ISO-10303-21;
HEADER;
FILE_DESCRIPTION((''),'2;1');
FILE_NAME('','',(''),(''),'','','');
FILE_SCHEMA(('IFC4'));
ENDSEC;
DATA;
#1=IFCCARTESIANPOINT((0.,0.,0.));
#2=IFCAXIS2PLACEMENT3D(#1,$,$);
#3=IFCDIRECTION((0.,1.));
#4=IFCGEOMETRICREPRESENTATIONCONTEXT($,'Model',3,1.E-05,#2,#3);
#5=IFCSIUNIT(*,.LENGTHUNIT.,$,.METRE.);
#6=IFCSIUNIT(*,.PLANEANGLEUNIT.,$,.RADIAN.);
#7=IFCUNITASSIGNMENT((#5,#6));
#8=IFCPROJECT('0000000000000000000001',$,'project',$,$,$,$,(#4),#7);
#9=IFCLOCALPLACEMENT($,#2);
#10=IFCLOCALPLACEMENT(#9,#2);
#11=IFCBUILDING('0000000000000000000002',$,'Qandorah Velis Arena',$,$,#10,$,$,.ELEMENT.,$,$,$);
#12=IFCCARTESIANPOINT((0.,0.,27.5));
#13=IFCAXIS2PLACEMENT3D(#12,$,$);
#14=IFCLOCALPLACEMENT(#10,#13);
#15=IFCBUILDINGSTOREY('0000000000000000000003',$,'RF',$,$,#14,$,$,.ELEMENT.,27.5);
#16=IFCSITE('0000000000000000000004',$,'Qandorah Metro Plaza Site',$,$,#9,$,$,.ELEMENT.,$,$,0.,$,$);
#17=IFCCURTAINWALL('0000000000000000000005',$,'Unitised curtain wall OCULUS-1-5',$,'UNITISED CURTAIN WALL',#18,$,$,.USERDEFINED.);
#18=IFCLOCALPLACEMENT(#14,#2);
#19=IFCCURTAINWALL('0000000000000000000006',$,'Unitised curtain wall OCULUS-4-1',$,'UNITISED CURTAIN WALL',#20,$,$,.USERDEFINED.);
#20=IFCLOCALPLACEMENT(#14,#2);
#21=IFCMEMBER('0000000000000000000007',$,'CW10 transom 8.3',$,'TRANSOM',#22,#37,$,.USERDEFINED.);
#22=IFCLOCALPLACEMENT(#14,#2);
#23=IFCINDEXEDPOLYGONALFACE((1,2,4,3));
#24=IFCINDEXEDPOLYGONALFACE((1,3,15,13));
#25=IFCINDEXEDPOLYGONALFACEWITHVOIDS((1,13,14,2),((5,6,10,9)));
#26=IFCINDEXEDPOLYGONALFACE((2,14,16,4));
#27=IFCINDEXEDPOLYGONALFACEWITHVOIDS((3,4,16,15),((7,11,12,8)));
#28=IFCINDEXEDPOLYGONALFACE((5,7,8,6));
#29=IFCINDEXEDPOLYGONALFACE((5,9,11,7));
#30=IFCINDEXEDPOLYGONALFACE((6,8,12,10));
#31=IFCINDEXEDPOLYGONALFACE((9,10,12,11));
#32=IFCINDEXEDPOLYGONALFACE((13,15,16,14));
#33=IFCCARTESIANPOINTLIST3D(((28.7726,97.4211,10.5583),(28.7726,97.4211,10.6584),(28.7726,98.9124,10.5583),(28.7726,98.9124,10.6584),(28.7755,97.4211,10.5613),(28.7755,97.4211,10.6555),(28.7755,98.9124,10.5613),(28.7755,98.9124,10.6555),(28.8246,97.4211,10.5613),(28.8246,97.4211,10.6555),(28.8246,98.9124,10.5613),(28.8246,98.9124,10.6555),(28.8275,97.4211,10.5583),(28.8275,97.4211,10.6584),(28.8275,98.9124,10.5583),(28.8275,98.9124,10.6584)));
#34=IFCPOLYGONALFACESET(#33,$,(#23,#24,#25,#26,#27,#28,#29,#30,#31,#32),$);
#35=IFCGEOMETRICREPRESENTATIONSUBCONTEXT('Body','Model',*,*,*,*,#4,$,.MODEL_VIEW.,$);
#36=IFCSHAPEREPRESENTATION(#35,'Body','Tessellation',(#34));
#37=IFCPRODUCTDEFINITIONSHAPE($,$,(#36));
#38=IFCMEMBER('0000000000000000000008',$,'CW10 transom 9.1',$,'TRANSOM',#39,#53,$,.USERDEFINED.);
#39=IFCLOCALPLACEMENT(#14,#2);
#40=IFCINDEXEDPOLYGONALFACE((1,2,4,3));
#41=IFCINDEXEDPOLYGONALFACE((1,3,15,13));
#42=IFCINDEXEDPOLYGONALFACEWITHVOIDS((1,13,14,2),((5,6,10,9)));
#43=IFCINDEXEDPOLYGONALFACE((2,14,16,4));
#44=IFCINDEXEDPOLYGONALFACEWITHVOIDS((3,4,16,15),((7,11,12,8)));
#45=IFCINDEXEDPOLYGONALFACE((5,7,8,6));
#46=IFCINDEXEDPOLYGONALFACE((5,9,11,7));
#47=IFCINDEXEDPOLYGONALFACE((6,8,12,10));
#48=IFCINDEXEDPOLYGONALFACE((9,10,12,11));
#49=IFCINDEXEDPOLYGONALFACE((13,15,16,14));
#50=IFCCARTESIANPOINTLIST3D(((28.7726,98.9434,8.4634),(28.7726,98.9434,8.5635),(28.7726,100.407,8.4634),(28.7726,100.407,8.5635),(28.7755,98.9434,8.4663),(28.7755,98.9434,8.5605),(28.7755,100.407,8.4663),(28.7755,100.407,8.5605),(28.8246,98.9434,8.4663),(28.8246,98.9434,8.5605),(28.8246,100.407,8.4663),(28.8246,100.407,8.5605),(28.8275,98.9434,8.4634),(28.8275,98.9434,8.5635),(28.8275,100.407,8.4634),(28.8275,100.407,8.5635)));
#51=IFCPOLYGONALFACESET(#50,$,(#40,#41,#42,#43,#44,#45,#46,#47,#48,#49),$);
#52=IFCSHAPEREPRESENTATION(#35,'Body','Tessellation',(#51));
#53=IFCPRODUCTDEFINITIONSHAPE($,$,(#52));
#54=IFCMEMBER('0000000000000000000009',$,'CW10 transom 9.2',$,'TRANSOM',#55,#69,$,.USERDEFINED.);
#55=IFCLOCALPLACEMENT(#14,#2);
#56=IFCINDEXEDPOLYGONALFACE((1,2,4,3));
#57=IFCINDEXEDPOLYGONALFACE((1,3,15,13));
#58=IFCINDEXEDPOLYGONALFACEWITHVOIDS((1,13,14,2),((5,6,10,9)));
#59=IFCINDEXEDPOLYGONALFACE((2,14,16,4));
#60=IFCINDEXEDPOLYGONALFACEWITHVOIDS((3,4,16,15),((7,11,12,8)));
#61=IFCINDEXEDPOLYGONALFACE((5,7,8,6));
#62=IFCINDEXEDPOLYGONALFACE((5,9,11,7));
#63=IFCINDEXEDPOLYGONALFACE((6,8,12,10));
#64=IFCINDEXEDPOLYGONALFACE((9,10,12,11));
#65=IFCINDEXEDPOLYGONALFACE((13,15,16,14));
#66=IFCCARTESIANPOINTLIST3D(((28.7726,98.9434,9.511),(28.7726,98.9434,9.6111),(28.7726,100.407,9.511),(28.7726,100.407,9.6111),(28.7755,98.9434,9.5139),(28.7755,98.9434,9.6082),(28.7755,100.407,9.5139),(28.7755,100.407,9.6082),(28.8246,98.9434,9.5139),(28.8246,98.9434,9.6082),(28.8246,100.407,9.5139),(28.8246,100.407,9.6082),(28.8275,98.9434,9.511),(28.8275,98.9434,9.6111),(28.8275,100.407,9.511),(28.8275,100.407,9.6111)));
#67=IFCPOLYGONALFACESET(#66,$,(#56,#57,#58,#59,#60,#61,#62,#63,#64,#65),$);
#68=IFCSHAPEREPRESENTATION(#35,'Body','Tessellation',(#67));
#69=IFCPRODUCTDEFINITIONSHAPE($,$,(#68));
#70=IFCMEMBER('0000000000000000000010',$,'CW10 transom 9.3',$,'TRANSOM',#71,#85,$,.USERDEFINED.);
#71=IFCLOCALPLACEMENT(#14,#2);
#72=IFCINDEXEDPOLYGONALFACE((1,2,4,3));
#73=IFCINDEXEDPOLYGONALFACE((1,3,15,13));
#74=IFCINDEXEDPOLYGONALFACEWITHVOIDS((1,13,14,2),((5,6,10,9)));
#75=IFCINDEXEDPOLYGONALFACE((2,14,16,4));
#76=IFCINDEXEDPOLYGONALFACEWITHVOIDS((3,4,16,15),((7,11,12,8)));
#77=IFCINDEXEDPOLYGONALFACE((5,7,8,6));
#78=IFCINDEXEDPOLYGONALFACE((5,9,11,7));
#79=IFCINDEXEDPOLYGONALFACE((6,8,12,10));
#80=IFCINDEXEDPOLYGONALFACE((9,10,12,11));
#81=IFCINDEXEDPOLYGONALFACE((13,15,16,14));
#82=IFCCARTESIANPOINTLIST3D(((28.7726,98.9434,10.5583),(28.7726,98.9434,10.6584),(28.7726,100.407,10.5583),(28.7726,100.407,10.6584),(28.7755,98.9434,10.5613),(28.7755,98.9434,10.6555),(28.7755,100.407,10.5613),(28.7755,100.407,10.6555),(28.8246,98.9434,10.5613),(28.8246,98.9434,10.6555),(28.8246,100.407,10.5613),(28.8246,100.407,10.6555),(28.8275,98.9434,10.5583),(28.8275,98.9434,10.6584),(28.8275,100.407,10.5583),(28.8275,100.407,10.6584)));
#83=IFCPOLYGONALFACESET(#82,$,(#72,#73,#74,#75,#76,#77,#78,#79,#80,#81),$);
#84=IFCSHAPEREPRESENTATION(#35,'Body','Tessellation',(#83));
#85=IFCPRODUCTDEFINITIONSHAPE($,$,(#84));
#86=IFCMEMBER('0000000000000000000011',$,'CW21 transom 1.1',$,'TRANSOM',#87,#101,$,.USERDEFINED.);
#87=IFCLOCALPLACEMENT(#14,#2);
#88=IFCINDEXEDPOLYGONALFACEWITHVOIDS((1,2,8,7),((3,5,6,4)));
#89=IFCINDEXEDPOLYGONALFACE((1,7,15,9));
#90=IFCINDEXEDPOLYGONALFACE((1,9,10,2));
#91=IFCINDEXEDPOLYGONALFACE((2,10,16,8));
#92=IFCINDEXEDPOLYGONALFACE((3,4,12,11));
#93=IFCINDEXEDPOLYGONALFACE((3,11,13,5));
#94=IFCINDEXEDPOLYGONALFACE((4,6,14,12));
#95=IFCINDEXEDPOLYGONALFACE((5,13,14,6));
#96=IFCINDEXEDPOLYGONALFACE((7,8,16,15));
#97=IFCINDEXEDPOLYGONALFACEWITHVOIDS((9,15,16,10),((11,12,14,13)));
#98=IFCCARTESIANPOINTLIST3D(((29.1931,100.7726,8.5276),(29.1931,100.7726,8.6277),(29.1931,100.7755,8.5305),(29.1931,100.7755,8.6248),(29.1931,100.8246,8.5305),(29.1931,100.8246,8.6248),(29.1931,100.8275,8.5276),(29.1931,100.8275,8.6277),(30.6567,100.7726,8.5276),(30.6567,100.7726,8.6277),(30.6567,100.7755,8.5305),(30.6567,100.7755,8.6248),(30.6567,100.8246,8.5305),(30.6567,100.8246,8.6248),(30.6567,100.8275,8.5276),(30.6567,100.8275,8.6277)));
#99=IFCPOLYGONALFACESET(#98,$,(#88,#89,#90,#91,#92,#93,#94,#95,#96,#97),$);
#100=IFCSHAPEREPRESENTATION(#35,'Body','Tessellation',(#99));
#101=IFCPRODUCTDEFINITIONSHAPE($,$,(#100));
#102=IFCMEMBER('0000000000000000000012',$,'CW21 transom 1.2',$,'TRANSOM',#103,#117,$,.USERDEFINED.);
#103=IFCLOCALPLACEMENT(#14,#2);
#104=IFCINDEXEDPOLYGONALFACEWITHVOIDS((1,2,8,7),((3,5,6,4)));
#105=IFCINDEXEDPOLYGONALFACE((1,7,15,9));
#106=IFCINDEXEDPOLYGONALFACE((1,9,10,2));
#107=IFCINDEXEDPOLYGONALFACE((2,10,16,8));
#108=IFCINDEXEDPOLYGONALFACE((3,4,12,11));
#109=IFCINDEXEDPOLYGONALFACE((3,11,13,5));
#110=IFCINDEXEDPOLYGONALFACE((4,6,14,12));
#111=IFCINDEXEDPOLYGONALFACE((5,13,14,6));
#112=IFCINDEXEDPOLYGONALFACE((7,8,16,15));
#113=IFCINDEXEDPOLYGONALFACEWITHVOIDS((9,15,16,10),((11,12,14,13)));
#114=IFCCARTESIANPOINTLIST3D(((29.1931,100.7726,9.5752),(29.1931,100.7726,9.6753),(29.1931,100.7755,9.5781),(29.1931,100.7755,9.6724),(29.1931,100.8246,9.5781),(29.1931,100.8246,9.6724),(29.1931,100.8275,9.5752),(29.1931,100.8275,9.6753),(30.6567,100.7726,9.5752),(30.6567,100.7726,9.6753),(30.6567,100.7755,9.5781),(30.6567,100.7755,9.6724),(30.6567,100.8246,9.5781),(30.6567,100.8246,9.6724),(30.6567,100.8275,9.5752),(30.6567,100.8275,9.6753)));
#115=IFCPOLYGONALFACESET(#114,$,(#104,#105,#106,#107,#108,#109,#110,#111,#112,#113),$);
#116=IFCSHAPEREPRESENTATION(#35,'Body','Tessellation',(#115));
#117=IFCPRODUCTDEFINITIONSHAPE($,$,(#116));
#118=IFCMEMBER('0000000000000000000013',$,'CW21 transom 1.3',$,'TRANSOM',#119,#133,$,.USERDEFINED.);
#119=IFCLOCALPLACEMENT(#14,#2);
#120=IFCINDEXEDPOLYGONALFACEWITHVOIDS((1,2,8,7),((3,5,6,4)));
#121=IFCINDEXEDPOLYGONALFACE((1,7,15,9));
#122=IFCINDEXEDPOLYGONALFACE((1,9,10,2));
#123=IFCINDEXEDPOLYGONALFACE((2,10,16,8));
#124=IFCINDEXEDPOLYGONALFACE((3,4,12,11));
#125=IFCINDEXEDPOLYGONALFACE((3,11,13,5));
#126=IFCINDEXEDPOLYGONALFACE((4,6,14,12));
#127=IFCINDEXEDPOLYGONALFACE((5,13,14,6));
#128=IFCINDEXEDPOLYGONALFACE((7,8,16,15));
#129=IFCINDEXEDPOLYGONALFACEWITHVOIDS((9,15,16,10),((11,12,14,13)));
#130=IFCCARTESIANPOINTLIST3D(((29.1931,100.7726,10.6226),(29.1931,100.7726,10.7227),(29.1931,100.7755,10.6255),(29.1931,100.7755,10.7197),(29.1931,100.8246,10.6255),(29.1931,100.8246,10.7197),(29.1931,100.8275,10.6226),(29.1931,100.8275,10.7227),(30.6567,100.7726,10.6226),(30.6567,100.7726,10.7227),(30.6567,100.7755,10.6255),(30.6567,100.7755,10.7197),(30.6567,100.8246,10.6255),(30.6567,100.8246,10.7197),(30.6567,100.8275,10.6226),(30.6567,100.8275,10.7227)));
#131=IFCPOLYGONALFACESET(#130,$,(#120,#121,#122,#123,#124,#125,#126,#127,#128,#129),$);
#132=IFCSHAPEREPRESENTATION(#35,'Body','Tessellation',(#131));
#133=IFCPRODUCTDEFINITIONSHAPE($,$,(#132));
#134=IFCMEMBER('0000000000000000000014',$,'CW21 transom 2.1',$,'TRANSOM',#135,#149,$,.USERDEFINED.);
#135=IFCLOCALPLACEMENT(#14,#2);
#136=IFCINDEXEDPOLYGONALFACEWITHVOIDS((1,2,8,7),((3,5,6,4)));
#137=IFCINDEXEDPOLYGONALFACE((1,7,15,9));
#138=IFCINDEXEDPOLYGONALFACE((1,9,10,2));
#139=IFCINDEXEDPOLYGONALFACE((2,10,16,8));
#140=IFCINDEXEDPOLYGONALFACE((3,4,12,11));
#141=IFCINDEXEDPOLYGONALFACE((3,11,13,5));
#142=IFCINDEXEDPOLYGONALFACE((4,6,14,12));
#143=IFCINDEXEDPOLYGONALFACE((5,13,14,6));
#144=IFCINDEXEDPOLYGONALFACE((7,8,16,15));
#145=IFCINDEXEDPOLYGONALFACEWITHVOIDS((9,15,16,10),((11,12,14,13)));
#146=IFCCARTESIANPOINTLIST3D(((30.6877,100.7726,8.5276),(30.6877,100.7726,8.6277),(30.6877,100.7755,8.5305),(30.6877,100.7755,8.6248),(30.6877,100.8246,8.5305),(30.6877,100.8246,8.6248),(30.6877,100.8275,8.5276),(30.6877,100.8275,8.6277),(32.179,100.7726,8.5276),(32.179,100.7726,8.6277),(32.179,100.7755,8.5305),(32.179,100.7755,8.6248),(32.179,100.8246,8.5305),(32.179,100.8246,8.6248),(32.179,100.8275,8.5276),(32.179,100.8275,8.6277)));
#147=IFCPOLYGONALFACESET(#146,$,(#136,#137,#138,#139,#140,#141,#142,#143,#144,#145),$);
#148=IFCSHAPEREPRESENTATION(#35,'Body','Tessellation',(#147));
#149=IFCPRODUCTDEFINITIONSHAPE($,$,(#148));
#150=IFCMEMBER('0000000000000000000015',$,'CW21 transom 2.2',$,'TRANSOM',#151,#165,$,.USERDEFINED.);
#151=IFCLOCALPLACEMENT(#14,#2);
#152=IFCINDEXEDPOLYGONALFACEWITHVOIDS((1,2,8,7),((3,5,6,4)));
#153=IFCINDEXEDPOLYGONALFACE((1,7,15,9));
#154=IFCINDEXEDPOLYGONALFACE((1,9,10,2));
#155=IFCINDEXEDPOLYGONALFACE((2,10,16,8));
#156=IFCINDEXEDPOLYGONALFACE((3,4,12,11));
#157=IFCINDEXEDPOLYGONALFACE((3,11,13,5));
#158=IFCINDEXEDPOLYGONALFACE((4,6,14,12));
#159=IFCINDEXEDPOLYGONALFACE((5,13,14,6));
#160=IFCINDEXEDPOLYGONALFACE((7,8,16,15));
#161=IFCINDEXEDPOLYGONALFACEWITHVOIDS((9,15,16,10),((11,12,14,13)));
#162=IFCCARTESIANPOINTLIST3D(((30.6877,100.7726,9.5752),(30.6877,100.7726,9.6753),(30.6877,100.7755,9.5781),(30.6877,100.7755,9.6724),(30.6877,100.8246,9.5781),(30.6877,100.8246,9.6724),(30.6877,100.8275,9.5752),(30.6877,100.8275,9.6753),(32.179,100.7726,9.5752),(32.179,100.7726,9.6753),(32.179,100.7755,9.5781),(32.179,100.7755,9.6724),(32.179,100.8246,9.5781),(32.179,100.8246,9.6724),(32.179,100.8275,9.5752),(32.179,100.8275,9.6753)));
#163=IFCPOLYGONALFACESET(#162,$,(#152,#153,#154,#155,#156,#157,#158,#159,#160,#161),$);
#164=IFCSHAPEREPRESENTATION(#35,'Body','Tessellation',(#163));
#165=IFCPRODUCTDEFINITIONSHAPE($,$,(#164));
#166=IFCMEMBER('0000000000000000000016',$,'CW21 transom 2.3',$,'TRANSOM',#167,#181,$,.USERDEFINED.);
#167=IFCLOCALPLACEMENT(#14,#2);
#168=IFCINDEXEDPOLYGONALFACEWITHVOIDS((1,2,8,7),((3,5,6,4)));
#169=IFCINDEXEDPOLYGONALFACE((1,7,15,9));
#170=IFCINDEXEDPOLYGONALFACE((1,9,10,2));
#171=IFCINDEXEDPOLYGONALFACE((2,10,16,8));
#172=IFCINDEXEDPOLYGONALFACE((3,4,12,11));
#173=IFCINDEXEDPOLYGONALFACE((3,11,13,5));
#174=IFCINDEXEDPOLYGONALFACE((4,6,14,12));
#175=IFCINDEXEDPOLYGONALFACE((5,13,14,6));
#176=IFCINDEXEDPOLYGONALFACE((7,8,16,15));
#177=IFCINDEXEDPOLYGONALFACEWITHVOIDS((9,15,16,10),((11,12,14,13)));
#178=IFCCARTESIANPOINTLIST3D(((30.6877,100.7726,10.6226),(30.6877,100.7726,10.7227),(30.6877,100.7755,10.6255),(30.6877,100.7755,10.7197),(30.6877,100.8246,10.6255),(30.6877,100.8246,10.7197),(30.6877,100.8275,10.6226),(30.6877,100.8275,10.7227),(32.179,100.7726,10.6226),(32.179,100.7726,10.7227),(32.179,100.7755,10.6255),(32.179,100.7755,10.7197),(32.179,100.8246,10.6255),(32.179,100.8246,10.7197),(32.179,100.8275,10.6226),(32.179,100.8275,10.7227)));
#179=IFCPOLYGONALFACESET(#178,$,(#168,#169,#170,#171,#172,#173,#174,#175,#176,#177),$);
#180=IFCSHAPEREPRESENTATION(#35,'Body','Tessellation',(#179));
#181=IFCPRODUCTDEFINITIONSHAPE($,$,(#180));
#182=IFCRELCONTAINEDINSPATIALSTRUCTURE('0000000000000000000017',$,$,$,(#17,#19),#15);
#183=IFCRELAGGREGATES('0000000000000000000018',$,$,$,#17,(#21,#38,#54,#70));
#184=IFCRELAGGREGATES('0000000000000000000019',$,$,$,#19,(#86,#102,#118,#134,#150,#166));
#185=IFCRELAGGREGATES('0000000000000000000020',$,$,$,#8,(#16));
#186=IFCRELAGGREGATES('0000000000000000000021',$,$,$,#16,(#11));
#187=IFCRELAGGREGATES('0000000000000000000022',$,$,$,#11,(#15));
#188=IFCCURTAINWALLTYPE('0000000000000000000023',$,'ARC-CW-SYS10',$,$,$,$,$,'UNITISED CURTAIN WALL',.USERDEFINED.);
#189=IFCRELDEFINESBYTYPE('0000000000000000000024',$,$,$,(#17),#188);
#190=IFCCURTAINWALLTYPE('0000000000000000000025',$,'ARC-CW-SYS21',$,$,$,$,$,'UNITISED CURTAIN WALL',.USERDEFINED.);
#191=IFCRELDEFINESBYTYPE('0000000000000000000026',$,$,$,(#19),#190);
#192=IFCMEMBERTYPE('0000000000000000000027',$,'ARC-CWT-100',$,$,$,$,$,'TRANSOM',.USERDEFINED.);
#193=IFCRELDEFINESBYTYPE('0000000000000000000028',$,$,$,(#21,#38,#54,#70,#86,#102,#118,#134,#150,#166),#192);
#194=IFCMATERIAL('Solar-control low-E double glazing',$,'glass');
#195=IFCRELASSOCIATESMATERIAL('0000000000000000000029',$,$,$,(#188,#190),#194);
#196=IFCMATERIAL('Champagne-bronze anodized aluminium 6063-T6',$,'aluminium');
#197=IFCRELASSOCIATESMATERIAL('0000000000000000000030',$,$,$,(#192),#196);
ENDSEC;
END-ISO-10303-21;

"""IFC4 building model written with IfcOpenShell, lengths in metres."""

from ifc_helpers import new_model, si_unit, direction, frame, origin, origin_2d, place, context, subcontext, project, spatial, hollow_rectangle, extrude, material, material_profile, profile_set, type_object, element, aggregate, save


model = new_model("IFC4")

# Units and contexts
model_context = context("Model", 3, precision=1e-05, world=origin(), true_north=direction((0.0, 1.0)))
body_context = subcontext(model_context, "Body", "Model", "MODEL_VIEW")
ifc_project = project(units=[si_unit("LENGTHUNIT", "METRE"), si_unit("PLANEANGLEUNIT", "RADIAN")], contexts=[model_context])

# Site, building, storey
site_placement = place(None, origin())
site = spatial("IfcSite", under=ifc_project, at=site_placement, Name="Qandorah Metro Plaza Site", CompositionType="ELEMENT", RefElevation=0.0)
building_placement = place(site_placement, origin())
building = spatial("IfcBuilding", under=site, at=building_placement, Name="Qandorah Velis Arena", CompositionType="ELEMENT")
storey_placement = place(building_placement, frame((0.0, 0.0, 27.5)))
storey = spatial("IfcBuildingStorey", under=building, at=storey_placement, Name="RF", CompositionType="ELEMENT", Elevation=27.5)

# Curtain walls
ifc_material_1 = material(Name="Solar-control low-E double glazing", Category="glass")
curtain_wall_type_1 = type_object("IfcCurtainWallType", Name="ARC-CW-SYS10", ElementType="UNITISED CURTAIN WALL", PredefinedType="USERDEFINED", material=ifc_material_1)
curtain_wall_1_placement = place(storey_placement, origin())
curtain_wall_1 = element("IfcCurtainWall", 1, at=curtain_wall_1_placement, inside=storey, type_object=curtain_wall_type_1, Name="Unitised curtain wall OCULUS-1-5", ObjectType="UNITISED CURTAIN WALL", PredefinedType="USERDEFINED")
ifc_material_2 = material(Name="Champagne-bronze anodized aluminium 6063-T6", Category="aluminium")
curtain_wall_type_2 = type_object("IfcCurtainWallType", Name="ARC-CW-SYS21", ElementType="UNITISED CURTAIN WALL", PredefinedType="USERDEFINED", material=ifc_material_1)
curtain_wall_2_placement = place(storey_placement, origin())
curtain_wall_2 = element("IfcCurtainWall", 2, at=curtain_wall_2_placement, inside=storey, type_object=curtain_wall_type_2, Name="Unitised curtain wall OCULUS-4-1", ObjectType="UNITISED CURTAIN WALL", PredefinedType="USERDEFINED")

# Members
ifc_material_profile_1 = material_profile(ifc_material_2, hollow_rectangle(XDim=0.0549, YDim=0.1001, WallThickness=0.0029, at=origin_2d()), Name="ALU TRANSOM 55x100")
ifc_profile_set_1 = profile_set([ifc_material_profile_1], Name="Champagne-bronze anodized aluminium 6063-T6")
member_type_1 = type_object("IfcMemberType", Name="ARC-CWT-100", ElementType="TRANSOM", PredefinedType="USERDEFINED", material=ifc_profile_set_1)
member_1_placement = place(storey_placement, frame((28.8, 97.4211, 10.6084), z_axis=(0.0, 1.0, 0.0), x_axis=(-1.0, 0.0, 0.0)))
member_1 = element("IfcMember", 3, at=member_1_placement, type_object=member_type_1, Name="CW10 transom 8.3", ObjectType="TRANSOM", PredefinedType="USERDEFINED", context=body_context, shape_type="SweptSolid", body=[
    extrude(hollow_rectangle(XDim=0.0549, YDim=0.1001, WallThickness=0.0029, at=origin_2d()), origin(), (0.0, 0.0, 1.0), 1.4912),
])
member_2_placement = place(storey_placement, frame((28.8, 98.9434, 8.5134), z_axis=(0.0, 1.0, 0.0), x_axis=(-1.0, 0.0, 0.0)))
member_2 = element("IfcMember", 4, at=member_2_placement, type_object=member_type_1, Name="CW10 transom 9.1", ObjectType="TRANSOM", PredefinedType="USERDEFINED", context=body_context, shape_type="SweptSolid", body=[
    extrude(hollow_rectangle(XDim=0.0549, YDim=0.1001, WallThickness=0.0029, at=origin_2d()), origin(), (0.0, 0.0, 1.0), 1.4636),
])
member_3_placement = place(storey_placement, frame((28.8, 98.9434, 9.561), z_axis=(0.0, 1.0, 0.0), x_axis=(-1.0, 0.0, 0.0)))
member_3 = element("IfcMember", 5, at=member_3_placement, type_object=member_type_1, Name="CW10 transom 9.2", ObjectType="TRANSOM", PredefinedType="USERDEFINED", context=body_context, shape_type="SweptSolid", body=[
    extrude(hollow_rectangle(XDim=0.0549, YDim=0.1001, WallThickness=0.0029, at=origin_2d()), origin(), (0.0, 0.0, 1.0), 1.4636),
])
member_4_placement = place(storey_placement, frame((28.8, 98.9434, 10.6084), z_axis=(0.0, 1.0, 0.0), x_axis=(-1.0, 0.0, 0.0)))
member_4 = element("IfcMember", 6, at=member_4_placement, type_object=member_type_1, Name="CW10 transom 9.3", ObjectType="TRANSOM", PredefinedType="USERDEFINED", context=body_context, shape_type="SweptSolid", body=[
    extrude(hollow_rectangle(XDim=0.0549, YDim=0.1001, WallThickness=0.0029, at=origin_2d()), origin(), (0.0, 0.0, 1.0), 1.4636),
])
member_5_placement = place(storey_placement, frame((29.1931, 100.8, 8.5776), z_axis=(1.0, 0.0, 0.0), x_axis=(0.0, 1.0, 0.0)))
member_5 = element("IfcMember", 7, at=member_5_placement, type_object=member_type_1, Name="CW21 transom 1.1", ObjectType="TRANSOM", PredefinedType="USERDEFINED", context=body_context, shape_type="SweptSolid", body=[
    extrude(hollow_rectangle(XDim=0.0549, YDim=0.1001, WallThickness=0.0029, at=origin_2d()), origin(), (0.0, 0.0, 1.0), 1.4636),
])
member_6_placement = place(storey_placement, frame((29.1931, 100.8, 9.6252), z_axis=(1.0, 0.0, 0.0), x_axis=(0.0, 1.0, 0.0)))
member_6 = element("IfcMember", 8, at=member_6_placement, type_object=member_type_1, Name="CW21 transom 1.2", ObjectType="TRANSOM", PredefinedType="USERDEFINED", context=body_context, shape_type="SweptSolid", body=[
    extrude(hollow_rectangle(XDim=0.0549, YDim=0.1001, WallThickness=0.0029, at=origin_2d()), origin(), (0.0, 0.0, 1.0), 1.4636),
])
member_7_placement = place(storey_placement, frame((29.1931, 100.8, 10.6726), z_axis=(1.0, 0.0, 0.0), x_axis=(0.0, 1.0, 0.0)))
member_7 = element("IfcMember", 9, at=member_7_placement, type_object=member_type_1, Name="CW21 transom 1.3", ObjectType="TRANSOM", PredefinedType="USERDEFINED", context=body_context, shape_type="SweptSolid", body=[
    extrude(hollow_rectangle(XDim=0.0549, YDim=0.1001, WallThickness=0.0029, at=origin_2d()), origin(), (0.0, 0.0, 1.0), 1.4636),
])
member_8_placement = place(storey_placement, frame((30.6877, 100.8, 8.5776), z_axis=(1.0, 0.0, 0.0), x_axis=(0.0, 1.0, 0.0)))
member_8 = element("IfcMember", 10, at=member_8_placement, type_object=member_type_1, Name="CW21 transom 2.1", ObjectType="TRANSOM", PredefinedType="USERDEFINED", context=body_context, shape_type="SweptSolid", body=[
    extrude(hollow_rectangle(XDim=0.0549, YDim=0.1001, WallThickness=0.0029, at=origin_2d()), origin(), (0.0, 0.0, 1.0), 1.4912),
])
member_9_placement = place(storey_placement, frame((30.6877, 100.8, 9.6252), z_axis=(1.0, 0.0, 0.0), x_axis=(0.0, 1.0, 0.0)))
member_9 = element("IfcMember", 11, at=member_9_placement, type_object=member_type_1, Name="CW21 transom 2.2", ObjectType="TRANSOM", PredefinedType="USERDEFINED", context=body_context, shape_type="SweptSolid", body=[
    extrude(hollow_rectangle(XDim=0.0549, YDim=0.1001, WallThickness=0.0029, at=origin_2d()), origin(), (0.0, 0.0, 1.0), 1.4912),
])
member_10_placement = place(storey_placement, frame((30.6877, 100.8, 10.6726), z_axis=(1.0, 0.0, 0.0), x_axis=(0.0, 1.0, 0.0)))
member_10 = element("IfcMember", 12, at=member_10_placement, type_object=member_type_1, Name="CW21 transom 2.3", ObjectType="TRANSOM", PredefinedType="USERDEFINED", context=body_context, shape_type="SweptSolid", body=[
    extrude(hollow_rectangle(XDim=0.0549, YDim=0.1001, WallThickness=0.0029, at=origin_2d()), origin(), (0.0, 0.0, 1.0), 1.4912),
])

aggregate(curtain_wall_1, [member_1, member_2, member_3, member_4])
aggregate(curtain_wall_2, [member_5, member_6, member_7, member_8, member_9, member_10])

save(model, "model.ifc")
